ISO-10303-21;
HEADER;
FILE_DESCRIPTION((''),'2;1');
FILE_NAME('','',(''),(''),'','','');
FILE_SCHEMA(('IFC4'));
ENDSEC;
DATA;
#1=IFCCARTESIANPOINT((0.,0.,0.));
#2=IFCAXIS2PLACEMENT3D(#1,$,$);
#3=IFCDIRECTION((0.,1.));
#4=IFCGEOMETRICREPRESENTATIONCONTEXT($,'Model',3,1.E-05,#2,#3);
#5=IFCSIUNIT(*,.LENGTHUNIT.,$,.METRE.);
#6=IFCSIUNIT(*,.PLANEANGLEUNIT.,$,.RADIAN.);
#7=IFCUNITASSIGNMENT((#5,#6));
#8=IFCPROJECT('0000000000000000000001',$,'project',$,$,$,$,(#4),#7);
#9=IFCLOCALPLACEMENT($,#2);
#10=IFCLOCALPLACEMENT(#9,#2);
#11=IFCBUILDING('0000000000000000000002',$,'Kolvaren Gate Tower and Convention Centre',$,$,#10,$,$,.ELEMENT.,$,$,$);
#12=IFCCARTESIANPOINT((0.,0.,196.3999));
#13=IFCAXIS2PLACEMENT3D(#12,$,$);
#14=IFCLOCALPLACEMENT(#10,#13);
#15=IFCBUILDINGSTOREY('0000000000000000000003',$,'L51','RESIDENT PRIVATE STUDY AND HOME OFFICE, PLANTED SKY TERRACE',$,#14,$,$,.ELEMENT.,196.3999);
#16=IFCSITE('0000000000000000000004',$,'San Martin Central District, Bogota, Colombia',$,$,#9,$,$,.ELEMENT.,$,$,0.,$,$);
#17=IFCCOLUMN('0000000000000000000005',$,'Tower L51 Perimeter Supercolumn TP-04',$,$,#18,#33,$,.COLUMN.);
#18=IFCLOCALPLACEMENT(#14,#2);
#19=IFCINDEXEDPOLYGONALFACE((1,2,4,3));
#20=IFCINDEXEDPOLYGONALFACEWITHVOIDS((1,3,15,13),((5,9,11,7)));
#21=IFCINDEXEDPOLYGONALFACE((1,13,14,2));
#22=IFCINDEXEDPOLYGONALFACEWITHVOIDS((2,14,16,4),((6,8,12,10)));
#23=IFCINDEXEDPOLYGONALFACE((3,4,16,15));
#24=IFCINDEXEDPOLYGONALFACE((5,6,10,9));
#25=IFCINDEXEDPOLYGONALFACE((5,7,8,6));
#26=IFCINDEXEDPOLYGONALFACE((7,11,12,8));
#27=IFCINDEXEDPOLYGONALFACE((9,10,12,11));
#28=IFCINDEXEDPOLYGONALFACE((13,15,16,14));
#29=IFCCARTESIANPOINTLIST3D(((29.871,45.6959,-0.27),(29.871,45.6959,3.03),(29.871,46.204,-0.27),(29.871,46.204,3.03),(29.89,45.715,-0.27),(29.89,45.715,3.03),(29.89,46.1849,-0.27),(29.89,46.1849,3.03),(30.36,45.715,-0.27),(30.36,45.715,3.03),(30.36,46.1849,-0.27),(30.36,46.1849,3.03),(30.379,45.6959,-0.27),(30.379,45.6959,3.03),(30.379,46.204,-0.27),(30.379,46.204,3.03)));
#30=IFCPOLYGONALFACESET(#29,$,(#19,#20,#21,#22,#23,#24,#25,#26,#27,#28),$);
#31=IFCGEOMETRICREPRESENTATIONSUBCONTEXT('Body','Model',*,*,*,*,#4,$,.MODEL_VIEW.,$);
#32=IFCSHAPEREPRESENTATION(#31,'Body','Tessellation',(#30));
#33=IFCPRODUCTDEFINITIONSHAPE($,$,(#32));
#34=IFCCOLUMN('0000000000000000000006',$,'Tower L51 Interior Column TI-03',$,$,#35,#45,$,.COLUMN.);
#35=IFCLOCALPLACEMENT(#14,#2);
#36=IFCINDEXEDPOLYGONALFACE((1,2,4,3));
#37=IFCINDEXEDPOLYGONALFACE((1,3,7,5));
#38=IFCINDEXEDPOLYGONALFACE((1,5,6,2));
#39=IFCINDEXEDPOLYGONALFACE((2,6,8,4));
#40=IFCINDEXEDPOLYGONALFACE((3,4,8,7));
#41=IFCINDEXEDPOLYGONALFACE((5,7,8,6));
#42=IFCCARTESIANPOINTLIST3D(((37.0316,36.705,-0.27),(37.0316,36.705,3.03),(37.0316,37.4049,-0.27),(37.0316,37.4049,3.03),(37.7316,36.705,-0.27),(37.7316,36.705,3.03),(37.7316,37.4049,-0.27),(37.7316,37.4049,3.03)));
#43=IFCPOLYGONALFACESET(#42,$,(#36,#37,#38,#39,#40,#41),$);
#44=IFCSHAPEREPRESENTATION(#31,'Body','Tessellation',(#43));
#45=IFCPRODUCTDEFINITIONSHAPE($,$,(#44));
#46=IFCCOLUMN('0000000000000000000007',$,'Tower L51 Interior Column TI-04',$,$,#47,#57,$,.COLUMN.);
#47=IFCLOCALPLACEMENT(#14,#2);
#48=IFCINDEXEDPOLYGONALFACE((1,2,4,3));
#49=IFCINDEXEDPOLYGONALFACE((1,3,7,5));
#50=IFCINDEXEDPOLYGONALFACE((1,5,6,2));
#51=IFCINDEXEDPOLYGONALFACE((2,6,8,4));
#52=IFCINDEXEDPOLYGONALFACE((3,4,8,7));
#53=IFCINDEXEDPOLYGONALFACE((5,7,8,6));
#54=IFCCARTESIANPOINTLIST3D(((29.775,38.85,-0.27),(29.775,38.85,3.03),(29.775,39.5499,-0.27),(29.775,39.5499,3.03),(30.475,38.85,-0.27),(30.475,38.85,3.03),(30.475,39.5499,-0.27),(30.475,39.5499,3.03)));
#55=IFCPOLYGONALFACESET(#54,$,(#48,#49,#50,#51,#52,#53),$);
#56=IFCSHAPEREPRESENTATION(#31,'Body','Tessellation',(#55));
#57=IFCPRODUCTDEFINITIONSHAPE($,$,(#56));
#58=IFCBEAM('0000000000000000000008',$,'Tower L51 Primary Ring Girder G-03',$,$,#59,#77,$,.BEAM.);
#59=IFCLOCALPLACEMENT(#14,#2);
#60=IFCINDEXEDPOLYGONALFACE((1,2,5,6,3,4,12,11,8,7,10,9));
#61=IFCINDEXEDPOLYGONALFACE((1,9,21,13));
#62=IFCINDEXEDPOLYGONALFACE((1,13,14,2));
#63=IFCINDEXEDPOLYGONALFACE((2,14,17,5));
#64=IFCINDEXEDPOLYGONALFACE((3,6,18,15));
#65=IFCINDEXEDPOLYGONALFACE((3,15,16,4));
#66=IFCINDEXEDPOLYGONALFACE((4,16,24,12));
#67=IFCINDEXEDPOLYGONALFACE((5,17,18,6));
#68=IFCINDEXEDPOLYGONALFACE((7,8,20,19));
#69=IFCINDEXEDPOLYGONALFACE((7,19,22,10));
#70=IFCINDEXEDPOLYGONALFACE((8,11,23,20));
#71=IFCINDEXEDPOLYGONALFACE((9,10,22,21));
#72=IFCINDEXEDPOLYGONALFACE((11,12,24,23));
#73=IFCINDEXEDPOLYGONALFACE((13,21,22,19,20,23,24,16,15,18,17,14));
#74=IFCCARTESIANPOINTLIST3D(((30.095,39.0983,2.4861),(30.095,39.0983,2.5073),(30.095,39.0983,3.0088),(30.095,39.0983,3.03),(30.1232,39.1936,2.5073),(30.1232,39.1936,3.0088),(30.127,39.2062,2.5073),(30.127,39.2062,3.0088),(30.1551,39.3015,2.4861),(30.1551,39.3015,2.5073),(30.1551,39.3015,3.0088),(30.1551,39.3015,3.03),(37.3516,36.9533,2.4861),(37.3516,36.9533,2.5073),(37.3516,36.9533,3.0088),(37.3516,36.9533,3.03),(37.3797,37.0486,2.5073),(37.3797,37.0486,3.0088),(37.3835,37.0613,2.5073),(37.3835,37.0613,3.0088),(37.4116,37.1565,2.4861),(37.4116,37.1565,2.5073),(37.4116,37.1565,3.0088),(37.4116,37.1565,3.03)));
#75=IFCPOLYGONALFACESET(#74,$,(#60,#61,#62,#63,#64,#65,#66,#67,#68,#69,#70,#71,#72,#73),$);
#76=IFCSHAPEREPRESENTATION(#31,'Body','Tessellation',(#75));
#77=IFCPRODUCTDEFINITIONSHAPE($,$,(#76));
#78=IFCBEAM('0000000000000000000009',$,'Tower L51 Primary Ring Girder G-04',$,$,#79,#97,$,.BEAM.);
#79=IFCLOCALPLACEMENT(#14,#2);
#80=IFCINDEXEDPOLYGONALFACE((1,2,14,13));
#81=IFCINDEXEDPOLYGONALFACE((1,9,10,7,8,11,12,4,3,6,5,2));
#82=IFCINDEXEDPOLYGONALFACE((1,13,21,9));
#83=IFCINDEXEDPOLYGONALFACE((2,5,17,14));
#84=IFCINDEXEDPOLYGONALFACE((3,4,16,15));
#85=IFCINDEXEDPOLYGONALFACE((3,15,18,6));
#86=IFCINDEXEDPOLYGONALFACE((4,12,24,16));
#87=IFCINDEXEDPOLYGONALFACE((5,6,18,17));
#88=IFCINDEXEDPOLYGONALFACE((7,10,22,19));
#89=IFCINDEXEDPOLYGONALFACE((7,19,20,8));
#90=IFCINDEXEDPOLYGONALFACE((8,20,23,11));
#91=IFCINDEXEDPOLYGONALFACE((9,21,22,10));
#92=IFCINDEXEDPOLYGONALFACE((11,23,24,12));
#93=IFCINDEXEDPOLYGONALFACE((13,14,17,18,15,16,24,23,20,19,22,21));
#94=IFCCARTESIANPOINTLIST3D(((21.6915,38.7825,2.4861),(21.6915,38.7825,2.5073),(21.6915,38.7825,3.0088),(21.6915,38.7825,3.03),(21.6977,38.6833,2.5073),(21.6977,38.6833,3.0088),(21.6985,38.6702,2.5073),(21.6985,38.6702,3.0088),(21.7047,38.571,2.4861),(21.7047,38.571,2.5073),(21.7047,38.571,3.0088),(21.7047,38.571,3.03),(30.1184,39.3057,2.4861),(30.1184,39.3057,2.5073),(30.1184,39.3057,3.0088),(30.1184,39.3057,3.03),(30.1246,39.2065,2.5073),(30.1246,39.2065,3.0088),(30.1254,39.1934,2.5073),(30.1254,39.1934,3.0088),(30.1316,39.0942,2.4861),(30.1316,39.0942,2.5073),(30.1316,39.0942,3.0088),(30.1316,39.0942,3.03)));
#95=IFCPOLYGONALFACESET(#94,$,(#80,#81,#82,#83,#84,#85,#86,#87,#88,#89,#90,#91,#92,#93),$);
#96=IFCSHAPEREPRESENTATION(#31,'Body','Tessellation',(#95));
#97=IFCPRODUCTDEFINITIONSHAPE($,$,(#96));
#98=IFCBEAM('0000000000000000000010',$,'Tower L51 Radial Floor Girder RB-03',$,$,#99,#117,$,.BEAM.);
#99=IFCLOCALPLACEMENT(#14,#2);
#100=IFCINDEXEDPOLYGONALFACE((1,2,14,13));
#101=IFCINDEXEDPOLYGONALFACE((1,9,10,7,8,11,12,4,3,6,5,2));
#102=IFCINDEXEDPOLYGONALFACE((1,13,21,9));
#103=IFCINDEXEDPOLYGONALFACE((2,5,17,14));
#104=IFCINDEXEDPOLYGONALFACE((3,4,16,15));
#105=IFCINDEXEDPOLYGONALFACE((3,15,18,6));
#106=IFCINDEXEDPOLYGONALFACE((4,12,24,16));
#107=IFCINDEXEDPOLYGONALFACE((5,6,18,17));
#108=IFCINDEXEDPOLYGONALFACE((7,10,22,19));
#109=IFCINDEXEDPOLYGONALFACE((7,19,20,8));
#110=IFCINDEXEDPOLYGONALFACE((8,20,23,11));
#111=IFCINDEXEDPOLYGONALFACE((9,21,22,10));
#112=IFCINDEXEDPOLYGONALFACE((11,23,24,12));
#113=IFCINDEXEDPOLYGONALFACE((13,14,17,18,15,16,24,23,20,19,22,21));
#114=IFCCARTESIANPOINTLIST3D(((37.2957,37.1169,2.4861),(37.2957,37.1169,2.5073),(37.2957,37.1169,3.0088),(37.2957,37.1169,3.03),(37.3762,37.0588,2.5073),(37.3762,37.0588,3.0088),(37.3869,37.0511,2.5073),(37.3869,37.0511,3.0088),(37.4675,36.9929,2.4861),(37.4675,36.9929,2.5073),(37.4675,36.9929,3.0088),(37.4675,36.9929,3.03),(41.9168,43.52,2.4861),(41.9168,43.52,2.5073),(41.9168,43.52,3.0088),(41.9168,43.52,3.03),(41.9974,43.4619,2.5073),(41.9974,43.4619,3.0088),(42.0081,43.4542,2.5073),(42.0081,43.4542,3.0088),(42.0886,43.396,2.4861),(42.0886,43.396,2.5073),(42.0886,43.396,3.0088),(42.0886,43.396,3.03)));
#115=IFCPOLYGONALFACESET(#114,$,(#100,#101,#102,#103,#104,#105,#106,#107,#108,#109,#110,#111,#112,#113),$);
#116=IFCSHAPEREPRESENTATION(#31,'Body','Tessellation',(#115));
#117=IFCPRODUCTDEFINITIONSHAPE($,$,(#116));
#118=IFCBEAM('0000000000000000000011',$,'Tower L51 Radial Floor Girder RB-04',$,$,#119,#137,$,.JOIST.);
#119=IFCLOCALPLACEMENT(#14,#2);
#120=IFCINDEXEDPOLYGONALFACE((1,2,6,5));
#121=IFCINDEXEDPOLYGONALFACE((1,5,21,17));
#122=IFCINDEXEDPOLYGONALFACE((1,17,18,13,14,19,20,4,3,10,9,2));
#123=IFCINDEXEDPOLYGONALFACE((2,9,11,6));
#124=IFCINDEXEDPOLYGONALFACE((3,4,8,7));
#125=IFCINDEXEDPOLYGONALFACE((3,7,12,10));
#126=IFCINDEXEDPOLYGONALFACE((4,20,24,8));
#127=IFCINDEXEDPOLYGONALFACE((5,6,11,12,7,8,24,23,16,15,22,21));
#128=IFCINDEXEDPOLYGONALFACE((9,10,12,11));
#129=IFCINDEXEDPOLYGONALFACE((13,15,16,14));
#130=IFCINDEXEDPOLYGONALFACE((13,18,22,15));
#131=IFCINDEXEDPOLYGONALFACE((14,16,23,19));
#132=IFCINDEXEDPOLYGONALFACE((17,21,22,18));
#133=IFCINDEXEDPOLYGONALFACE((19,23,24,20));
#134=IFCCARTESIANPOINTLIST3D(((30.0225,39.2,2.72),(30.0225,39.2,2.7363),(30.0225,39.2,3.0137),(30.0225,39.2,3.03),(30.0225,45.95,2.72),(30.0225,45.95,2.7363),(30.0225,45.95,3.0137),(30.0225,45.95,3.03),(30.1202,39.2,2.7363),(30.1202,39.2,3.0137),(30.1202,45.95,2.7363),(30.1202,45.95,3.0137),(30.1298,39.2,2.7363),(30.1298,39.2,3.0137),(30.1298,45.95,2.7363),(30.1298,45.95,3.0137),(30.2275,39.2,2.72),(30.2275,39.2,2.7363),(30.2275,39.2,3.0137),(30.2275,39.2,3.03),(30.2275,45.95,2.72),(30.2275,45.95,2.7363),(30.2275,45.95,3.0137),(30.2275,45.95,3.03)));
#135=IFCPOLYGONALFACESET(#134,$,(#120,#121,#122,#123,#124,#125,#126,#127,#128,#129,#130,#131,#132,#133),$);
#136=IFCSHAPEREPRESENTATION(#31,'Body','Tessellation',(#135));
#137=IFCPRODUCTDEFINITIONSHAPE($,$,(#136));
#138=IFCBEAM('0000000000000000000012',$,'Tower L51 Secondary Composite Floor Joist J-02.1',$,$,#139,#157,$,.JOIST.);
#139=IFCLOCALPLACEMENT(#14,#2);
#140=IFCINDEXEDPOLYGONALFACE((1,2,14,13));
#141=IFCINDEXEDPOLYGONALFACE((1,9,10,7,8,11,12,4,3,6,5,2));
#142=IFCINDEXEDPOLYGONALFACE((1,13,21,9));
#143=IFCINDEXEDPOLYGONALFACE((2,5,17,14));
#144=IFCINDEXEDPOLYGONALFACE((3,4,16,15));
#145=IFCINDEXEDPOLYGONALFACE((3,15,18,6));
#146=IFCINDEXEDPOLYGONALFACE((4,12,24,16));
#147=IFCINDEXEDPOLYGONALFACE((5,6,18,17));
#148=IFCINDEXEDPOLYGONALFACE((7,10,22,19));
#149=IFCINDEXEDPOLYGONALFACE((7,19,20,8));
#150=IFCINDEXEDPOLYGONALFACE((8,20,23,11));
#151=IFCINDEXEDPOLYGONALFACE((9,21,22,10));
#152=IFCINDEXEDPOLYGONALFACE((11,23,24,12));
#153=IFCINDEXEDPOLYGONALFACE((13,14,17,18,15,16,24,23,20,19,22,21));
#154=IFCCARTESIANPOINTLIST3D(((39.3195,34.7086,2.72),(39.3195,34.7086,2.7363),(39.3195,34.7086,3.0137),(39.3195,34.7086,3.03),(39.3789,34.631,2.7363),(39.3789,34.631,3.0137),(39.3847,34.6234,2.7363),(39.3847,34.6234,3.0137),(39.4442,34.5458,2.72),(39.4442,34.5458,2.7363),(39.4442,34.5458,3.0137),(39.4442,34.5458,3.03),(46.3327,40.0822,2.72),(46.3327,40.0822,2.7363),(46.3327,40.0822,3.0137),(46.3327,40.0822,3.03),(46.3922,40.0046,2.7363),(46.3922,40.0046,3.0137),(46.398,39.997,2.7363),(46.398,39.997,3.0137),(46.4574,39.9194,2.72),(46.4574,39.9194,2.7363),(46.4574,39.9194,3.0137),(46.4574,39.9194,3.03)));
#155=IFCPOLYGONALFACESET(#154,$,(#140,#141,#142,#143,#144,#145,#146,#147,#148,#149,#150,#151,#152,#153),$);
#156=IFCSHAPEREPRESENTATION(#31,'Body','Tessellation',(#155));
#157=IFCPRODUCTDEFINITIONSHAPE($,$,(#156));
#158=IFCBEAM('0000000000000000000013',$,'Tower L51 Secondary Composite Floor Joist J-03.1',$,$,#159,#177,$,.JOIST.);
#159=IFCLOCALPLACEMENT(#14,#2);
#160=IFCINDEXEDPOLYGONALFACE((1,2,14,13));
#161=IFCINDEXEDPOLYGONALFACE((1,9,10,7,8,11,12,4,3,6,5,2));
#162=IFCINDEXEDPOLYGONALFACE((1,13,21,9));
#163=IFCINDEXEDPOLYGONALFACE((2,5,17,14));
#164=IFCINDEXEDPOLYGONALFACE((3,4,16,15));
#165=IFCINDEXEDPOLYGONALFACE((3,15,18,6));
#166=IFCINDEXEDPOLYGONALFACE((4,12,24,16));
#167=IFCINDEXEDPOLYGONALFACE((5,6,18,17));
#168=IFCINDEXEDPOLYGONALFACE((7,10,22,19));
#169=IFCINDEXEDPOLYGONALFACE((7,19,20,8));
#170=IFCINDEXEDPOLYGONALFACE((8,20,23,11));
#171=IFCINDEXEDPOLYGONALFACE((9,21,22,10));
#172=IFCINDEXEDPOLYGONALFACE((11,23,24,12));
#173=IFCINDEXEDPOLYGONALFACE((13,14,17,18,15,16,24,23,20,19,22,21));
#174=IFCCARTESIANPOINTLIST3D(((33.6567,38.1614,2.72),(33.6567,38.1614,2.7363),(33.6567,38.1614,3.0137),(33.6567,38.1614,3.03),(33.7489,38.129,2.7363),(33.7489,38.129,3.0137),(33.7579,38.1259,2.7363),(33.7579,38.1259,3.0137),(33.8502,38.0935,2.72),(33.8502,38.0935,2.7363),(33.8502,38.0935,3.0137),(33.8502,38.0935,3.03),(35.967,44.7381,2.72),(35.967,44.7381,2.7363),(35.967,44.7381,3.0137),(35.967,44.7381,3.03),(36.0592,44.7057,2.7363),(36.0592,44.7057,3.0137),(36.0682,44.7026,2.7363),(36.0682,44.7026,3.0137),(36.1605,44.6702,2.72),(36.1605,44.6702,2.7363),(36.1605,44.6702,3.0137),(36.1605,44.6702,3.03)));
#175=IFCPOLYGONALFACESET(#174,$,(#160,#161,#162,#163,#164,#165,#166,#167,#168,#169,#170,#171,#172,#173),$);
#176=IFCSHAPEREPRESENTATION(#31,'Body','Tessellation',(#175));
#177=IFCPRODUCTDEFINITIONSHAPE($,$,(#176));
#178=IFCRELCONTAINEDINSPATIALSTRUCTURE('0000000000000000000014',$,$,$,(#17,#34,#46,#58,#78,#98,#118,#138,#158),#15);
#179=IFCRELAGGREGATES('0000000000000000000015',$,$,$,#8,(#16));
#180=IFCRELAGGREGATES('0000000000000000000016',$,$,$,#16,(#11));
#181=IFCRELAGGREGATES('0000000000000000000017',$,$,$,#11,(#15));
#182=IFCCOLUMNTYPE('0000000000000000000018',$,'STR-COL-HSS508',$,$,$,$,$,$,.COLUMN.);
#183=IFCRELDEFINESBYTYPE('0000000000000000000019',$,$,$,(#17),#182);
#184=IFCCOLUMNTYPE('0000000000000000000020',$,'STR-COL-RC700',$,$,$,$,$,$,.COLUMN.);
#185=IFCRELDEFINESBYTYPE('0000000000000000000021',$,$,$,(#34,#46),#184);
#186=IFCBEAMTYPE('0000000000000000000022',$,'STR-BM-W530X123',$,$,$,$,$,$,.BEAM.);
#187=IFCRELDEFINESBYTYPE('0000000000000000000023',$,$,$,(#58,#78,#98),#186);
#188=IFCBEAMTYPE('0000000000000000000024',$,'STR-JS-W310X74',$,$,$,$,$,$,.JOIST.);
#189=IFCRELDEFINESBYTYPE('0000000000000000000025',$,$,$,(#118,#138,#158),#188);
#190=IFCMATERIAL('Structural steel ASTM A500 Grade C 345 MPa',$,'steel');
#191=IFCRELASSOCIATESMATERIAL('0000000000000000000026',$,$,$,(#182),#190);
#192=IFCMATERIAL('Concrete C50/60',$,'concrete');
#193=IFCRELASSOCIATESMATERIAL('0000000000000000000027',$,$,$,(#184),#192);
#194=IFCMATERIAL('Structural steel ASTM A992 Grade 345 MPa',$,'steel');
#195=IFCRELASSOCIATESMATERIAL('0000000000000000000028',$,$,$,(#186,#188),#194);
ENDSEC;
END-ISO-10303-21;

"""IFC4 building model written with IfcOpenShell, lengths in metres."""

from ifc_helpers import new_model, si_unit, direction, frame, origin, origin_2d, place, context, subcontext, project, spatial, rectangle, hollow_rectangle, i_section, extrude, material, material_profile, profile_set, type_object, element, save


model = new_model("IFC4")

# Units and contexts
model_context = context("Model", 3, precision=1e-05, world=origin(), true_north=direction((0.0, 1.0)))
body_context = subcontext(model_context, "Body", "Model", "MODEL_VIEW")
ifc_project = project(units=[si_unit("LENGTHUNIT", "METRE"), si_unit("PLANEANGLEUNIT", "RADIAN")], contexts=[model_context])

# Site, building, storey
site_placement = place(None, origin())
site = spatial("IfcSite", under=ifc_project, at=site_placement, Name="San Martin Central District, Bogota, Colombia", CompositionType="ELEMENT", RefElevation=0.0)
building_placement = place(site_placement, origin())
building = spatial("IfcBuilding", under=site, at=building_placement, Name="Kolvaren Gate Tower and Convention Centre", CompositionType="ELEMENT")
storey_placement = place(building_placement, frame((0.0, 0.0, 196.3999)))
storey = spatial("IfcBuildingStorey", under=building, at=storey_placement, Name="L51", Description="RESIDENT PRIVATE STUDY AND HOME OFFICE, PLANTED SKY TERRACE", CompositionType="ELEMENT", Elevation=196.3999)

# Columns
ifc_material_1 = material(Name="Structural steel ASTM A500 Grade C 345 MPa", Category="steel")
ifc_material_profile_1 = material_profile(ifc_material_1, hollow_rectangle(XDim=0.5081, YDim=0.5081, WallThickness=0.019, at=origin_2d()), Name="HSS508X508X19.1")
ifc_profile_set_1 = profile_set([ifc_material_profile_1], Name="Structural steel ASTM A500 Grade C 345 MPa")
column_type_1 = type_object("IfcColumnType", Name="STR-COL-HSS508", PredefinedType="COLUMN", material=ifc_profile_set_1)
column_placement = place(storey_placement, frame((30.125, 45.95, -0.27), z_axis=(0.0, 0.0, 1.0), x_axis=(1.0, 0.0, 0.0)))
element("IfcColumn", 1, at=column_placement, inside=storey, type_object=column_type_1, Name="Tower L51 Perimeter Supercolumn TP-04", PredefinedType="COLUMN", context=body_context, shape_type="SweptSolid", body=[
    extrude(hollow_rectangle(XDim=0.5081, YDim=0.5081, WallThickness=0.019, at=origin_2d()), origin(), (0.0, 0.0, 1.0), 3.3),
])
ifc_material_2 = material(Name="Concrete C50/60", Category="concrete")
ifc_material_profile_2 = material_profile(ifc_material_2, rectangle(XDim=0.7, YDim=0.7, at=origin_2d()), Name="RC-COL-700X700")
ifc_profile_set_2 = profile_set([ifc_material_profile_2], Name="Concrete C50/60")
column_type_2 = type_object("IfcColumnType", Name="STR-COL-RC700", PredefinedType="COLUMN", material=ifc_profile_set_2)
for number, where, z_axis, x_axis, name in (
    (2, (37.3816, 37.0549, -0.27), (0.0, 0.0, 1.0), (1.0, 0.0, 0.0), "Tower L51 Interior Column TI-03"),
    (3, (30.125, 39.2, -0.27), (0.0, 0.0, 1.0), (1.0, 0.0, 0.0), "Tower L51 Interior Column TI-04"),
):
    element("IfcColumn", number, at=place(storey_placement, frame(where, z_axis=z_axis, x_axis=x_axis)), inside=storey, type_object=column_type_2, Name=name, PredefinedType="COLUMN", context=body_context, shape_type="SweptSolid", body=[
        extrude(rectangle(XDim=0.7, YDim=0.7, at=origin_2d()), origin(), (0.0, 0.0, 1.0), 3.3),
    ])

# Beams
ifc_material_3 = material(Name="Structural steel ASTM A992 Grade 345 MPa", Category="steel")
ifc_material_profile_3 = material_profile(ifc_material_3, i_section(OverallWidth=0.2119, OverallDepth=0.5439, WebThickness=0.0132, FlangeThickness=0.0212, at=origin_2d()), Name="W530X123")
ifc_profile_set_3 = profile_set([ifc_material_profile_3], Name="Structural steel ASTM A992 Grade 345 MPa")
beam_type_1 = type_object("IfcBeamType", Name="STR-BM-W530X123", PredefinedType="BEAM", material=ifc_profile_set_3)
beam_1_placement = place(storey_placement, frame((37.3816, 37.0549, 2.7581), z_axis=(-0.958981, 0.283471, 0.0), x_axis=(-0.283471, -0.958981, 0.0)))
element("IfcBeam", 4, at=beam_1_placement, inside=storey, type_object=beam_type_1, Name="Tower L51 Primary Ring Girder G-03", PredefinedType="BEAM", context=body_context, shape_type="SweptSolid", body=[
    extrude(i_section(OverallWidth=0.2119, OverallDepth=0.5439, WebThickness=0.0132, FlangeThickness=0.0212, at=origin_2d()), origin(), (0.0, 0.0, 1.0), 7.5669),
])
beam_2_placement = place(storey_placement, frame((30.125, 39.2, 2.7581), z_axis=(-0.998078, -0.061966, 0.0), x_axis=(0.061966, -0.998078, 0.0)))
element("IfcBeam", 5, at=beam_2_placement, inside=storey, type_object=beam_type_1, Name="Tower L51 Primary Ring Girder G-04", PredefinedType="BEAM", context=body_context, shape_type="SweptSolid", body=[
    extrude(i_section(OverallWidth=0.2119, OverallDepth=0.5439, WebThickness=0.0132, FlangeThickness=0.0212, at=origin_2d()), origin(), (0.0, 0.0, 1.0), 8.4431),
])
beam_3_placement = place(storey_placement, frame((37.3816, 37.0549, 2.7581), z_axis=(0.585212, 0.810881, 0.0), x_axis=(-0.810881, 0.585212, 0.0)))
element("IfcBeam", 6, at=beam_3_placement, inside=storey, type_object=beam_type_1, Name="Tower L51 Radial Floor Girder RB-03", PredefinedType="BEAM", context=body_context, shape_type="SweptSolid", body=[
    extrude(i_section(OverallWidth=0.2119, OverallDepth=0.5439, WebThickness=0.0132, FlangeThickness=0.0212, at=origin_2d()), origin(), (0.0, 0.0, 1.0), 7.8965),
])
ifc_material_profile_4 = material_profile(ifc_material_3, i_section(OverallWidth=0.2051, OverallDepth=0.3101, WebThickness=0.0095, FlangeThickness=0.0164, at=origin_2d()), Name="W310X74")
ifc_profile_set_4 = profile_set([ifc_material_profile_4], Name="Structural steel ASTM A992 Grade 345 MPa")
beam_type_2 = type_object("IfcBeamType", Name="STR-JS-W310X74", PredefinedType="JOIST", material=ifc_profile_set_4)
beam_4_placement = place(storey_placement, frame((30.125, 39.2, 2.875), z_axis=(0.0, 1.0, 0.0), x_axis=(-1.0, 0.0, 0.0)))
element("IfcBeam", 7, at=beam_4_placement, inside=storey, type_object=beam_type_2, Name="Tower L51 Radial Floor Girder RB-04", PredefinedType="JOIST", context=body_context, shape_type="SweptSolid", body=[
    extrude(i_section(OverallWidth=0.2051, OverallDepth=0.3101, WebThickness=0.0095, FlangeThickness=0.0164, at=origin_2d()), origin(), (0.0, 0.0, 1.0), 6.75),
])
beam_5_placement = place(storey_placement, frame((39.3818, 34.6272, 2.875), z_axis=(0.793783, 0.608201, 0.0), x_axis=(-0.608201, 0.793783, 0.0)))
element("IfcBeam", 8, at=beam_5_placement, inside=storey, type_object=beam_type_2, Name="Tower L51 Secondary Composite Floor Joist J-02.1", PredefinedType="JOIST", context=body_context, shape_type="SweptSolid", body=[
    extrude(i_section(OverallWidth=0.2051, OverallDepth=0.3101, WebThickness=0.0095, FlangeThickness=0.0164, at=origin_2d()), origin(), (0.0, 0.0, 1.0), 8.8352),
])
beam_6_placement = place(storey_placement, frame((33.7534, 38.1274, 2.875), z_axis=(0.331433, 0.943479, 0.0), x_axis=(-0.943479, 0.331433, 0.0)))
element("IfcBeam", 9, at=beam_6_placement, inside=storey, type_object=beam_type_2, Name="Tower L51 Secondary Composite Floor Joist J-03.1", PredefinedType="JOIST", context=body_context, shape_type="SweptSolid", body=[
    extrude(i_section(OverallWidth=0.2051, OverallDepth=0.3101, WebThickness=0.0095, FlangeThickness=0.0164, at=origin_2d()), origin(), (0.0, 0.0, 1.0), 6.9707),
])

save(model, "model.ifc")
